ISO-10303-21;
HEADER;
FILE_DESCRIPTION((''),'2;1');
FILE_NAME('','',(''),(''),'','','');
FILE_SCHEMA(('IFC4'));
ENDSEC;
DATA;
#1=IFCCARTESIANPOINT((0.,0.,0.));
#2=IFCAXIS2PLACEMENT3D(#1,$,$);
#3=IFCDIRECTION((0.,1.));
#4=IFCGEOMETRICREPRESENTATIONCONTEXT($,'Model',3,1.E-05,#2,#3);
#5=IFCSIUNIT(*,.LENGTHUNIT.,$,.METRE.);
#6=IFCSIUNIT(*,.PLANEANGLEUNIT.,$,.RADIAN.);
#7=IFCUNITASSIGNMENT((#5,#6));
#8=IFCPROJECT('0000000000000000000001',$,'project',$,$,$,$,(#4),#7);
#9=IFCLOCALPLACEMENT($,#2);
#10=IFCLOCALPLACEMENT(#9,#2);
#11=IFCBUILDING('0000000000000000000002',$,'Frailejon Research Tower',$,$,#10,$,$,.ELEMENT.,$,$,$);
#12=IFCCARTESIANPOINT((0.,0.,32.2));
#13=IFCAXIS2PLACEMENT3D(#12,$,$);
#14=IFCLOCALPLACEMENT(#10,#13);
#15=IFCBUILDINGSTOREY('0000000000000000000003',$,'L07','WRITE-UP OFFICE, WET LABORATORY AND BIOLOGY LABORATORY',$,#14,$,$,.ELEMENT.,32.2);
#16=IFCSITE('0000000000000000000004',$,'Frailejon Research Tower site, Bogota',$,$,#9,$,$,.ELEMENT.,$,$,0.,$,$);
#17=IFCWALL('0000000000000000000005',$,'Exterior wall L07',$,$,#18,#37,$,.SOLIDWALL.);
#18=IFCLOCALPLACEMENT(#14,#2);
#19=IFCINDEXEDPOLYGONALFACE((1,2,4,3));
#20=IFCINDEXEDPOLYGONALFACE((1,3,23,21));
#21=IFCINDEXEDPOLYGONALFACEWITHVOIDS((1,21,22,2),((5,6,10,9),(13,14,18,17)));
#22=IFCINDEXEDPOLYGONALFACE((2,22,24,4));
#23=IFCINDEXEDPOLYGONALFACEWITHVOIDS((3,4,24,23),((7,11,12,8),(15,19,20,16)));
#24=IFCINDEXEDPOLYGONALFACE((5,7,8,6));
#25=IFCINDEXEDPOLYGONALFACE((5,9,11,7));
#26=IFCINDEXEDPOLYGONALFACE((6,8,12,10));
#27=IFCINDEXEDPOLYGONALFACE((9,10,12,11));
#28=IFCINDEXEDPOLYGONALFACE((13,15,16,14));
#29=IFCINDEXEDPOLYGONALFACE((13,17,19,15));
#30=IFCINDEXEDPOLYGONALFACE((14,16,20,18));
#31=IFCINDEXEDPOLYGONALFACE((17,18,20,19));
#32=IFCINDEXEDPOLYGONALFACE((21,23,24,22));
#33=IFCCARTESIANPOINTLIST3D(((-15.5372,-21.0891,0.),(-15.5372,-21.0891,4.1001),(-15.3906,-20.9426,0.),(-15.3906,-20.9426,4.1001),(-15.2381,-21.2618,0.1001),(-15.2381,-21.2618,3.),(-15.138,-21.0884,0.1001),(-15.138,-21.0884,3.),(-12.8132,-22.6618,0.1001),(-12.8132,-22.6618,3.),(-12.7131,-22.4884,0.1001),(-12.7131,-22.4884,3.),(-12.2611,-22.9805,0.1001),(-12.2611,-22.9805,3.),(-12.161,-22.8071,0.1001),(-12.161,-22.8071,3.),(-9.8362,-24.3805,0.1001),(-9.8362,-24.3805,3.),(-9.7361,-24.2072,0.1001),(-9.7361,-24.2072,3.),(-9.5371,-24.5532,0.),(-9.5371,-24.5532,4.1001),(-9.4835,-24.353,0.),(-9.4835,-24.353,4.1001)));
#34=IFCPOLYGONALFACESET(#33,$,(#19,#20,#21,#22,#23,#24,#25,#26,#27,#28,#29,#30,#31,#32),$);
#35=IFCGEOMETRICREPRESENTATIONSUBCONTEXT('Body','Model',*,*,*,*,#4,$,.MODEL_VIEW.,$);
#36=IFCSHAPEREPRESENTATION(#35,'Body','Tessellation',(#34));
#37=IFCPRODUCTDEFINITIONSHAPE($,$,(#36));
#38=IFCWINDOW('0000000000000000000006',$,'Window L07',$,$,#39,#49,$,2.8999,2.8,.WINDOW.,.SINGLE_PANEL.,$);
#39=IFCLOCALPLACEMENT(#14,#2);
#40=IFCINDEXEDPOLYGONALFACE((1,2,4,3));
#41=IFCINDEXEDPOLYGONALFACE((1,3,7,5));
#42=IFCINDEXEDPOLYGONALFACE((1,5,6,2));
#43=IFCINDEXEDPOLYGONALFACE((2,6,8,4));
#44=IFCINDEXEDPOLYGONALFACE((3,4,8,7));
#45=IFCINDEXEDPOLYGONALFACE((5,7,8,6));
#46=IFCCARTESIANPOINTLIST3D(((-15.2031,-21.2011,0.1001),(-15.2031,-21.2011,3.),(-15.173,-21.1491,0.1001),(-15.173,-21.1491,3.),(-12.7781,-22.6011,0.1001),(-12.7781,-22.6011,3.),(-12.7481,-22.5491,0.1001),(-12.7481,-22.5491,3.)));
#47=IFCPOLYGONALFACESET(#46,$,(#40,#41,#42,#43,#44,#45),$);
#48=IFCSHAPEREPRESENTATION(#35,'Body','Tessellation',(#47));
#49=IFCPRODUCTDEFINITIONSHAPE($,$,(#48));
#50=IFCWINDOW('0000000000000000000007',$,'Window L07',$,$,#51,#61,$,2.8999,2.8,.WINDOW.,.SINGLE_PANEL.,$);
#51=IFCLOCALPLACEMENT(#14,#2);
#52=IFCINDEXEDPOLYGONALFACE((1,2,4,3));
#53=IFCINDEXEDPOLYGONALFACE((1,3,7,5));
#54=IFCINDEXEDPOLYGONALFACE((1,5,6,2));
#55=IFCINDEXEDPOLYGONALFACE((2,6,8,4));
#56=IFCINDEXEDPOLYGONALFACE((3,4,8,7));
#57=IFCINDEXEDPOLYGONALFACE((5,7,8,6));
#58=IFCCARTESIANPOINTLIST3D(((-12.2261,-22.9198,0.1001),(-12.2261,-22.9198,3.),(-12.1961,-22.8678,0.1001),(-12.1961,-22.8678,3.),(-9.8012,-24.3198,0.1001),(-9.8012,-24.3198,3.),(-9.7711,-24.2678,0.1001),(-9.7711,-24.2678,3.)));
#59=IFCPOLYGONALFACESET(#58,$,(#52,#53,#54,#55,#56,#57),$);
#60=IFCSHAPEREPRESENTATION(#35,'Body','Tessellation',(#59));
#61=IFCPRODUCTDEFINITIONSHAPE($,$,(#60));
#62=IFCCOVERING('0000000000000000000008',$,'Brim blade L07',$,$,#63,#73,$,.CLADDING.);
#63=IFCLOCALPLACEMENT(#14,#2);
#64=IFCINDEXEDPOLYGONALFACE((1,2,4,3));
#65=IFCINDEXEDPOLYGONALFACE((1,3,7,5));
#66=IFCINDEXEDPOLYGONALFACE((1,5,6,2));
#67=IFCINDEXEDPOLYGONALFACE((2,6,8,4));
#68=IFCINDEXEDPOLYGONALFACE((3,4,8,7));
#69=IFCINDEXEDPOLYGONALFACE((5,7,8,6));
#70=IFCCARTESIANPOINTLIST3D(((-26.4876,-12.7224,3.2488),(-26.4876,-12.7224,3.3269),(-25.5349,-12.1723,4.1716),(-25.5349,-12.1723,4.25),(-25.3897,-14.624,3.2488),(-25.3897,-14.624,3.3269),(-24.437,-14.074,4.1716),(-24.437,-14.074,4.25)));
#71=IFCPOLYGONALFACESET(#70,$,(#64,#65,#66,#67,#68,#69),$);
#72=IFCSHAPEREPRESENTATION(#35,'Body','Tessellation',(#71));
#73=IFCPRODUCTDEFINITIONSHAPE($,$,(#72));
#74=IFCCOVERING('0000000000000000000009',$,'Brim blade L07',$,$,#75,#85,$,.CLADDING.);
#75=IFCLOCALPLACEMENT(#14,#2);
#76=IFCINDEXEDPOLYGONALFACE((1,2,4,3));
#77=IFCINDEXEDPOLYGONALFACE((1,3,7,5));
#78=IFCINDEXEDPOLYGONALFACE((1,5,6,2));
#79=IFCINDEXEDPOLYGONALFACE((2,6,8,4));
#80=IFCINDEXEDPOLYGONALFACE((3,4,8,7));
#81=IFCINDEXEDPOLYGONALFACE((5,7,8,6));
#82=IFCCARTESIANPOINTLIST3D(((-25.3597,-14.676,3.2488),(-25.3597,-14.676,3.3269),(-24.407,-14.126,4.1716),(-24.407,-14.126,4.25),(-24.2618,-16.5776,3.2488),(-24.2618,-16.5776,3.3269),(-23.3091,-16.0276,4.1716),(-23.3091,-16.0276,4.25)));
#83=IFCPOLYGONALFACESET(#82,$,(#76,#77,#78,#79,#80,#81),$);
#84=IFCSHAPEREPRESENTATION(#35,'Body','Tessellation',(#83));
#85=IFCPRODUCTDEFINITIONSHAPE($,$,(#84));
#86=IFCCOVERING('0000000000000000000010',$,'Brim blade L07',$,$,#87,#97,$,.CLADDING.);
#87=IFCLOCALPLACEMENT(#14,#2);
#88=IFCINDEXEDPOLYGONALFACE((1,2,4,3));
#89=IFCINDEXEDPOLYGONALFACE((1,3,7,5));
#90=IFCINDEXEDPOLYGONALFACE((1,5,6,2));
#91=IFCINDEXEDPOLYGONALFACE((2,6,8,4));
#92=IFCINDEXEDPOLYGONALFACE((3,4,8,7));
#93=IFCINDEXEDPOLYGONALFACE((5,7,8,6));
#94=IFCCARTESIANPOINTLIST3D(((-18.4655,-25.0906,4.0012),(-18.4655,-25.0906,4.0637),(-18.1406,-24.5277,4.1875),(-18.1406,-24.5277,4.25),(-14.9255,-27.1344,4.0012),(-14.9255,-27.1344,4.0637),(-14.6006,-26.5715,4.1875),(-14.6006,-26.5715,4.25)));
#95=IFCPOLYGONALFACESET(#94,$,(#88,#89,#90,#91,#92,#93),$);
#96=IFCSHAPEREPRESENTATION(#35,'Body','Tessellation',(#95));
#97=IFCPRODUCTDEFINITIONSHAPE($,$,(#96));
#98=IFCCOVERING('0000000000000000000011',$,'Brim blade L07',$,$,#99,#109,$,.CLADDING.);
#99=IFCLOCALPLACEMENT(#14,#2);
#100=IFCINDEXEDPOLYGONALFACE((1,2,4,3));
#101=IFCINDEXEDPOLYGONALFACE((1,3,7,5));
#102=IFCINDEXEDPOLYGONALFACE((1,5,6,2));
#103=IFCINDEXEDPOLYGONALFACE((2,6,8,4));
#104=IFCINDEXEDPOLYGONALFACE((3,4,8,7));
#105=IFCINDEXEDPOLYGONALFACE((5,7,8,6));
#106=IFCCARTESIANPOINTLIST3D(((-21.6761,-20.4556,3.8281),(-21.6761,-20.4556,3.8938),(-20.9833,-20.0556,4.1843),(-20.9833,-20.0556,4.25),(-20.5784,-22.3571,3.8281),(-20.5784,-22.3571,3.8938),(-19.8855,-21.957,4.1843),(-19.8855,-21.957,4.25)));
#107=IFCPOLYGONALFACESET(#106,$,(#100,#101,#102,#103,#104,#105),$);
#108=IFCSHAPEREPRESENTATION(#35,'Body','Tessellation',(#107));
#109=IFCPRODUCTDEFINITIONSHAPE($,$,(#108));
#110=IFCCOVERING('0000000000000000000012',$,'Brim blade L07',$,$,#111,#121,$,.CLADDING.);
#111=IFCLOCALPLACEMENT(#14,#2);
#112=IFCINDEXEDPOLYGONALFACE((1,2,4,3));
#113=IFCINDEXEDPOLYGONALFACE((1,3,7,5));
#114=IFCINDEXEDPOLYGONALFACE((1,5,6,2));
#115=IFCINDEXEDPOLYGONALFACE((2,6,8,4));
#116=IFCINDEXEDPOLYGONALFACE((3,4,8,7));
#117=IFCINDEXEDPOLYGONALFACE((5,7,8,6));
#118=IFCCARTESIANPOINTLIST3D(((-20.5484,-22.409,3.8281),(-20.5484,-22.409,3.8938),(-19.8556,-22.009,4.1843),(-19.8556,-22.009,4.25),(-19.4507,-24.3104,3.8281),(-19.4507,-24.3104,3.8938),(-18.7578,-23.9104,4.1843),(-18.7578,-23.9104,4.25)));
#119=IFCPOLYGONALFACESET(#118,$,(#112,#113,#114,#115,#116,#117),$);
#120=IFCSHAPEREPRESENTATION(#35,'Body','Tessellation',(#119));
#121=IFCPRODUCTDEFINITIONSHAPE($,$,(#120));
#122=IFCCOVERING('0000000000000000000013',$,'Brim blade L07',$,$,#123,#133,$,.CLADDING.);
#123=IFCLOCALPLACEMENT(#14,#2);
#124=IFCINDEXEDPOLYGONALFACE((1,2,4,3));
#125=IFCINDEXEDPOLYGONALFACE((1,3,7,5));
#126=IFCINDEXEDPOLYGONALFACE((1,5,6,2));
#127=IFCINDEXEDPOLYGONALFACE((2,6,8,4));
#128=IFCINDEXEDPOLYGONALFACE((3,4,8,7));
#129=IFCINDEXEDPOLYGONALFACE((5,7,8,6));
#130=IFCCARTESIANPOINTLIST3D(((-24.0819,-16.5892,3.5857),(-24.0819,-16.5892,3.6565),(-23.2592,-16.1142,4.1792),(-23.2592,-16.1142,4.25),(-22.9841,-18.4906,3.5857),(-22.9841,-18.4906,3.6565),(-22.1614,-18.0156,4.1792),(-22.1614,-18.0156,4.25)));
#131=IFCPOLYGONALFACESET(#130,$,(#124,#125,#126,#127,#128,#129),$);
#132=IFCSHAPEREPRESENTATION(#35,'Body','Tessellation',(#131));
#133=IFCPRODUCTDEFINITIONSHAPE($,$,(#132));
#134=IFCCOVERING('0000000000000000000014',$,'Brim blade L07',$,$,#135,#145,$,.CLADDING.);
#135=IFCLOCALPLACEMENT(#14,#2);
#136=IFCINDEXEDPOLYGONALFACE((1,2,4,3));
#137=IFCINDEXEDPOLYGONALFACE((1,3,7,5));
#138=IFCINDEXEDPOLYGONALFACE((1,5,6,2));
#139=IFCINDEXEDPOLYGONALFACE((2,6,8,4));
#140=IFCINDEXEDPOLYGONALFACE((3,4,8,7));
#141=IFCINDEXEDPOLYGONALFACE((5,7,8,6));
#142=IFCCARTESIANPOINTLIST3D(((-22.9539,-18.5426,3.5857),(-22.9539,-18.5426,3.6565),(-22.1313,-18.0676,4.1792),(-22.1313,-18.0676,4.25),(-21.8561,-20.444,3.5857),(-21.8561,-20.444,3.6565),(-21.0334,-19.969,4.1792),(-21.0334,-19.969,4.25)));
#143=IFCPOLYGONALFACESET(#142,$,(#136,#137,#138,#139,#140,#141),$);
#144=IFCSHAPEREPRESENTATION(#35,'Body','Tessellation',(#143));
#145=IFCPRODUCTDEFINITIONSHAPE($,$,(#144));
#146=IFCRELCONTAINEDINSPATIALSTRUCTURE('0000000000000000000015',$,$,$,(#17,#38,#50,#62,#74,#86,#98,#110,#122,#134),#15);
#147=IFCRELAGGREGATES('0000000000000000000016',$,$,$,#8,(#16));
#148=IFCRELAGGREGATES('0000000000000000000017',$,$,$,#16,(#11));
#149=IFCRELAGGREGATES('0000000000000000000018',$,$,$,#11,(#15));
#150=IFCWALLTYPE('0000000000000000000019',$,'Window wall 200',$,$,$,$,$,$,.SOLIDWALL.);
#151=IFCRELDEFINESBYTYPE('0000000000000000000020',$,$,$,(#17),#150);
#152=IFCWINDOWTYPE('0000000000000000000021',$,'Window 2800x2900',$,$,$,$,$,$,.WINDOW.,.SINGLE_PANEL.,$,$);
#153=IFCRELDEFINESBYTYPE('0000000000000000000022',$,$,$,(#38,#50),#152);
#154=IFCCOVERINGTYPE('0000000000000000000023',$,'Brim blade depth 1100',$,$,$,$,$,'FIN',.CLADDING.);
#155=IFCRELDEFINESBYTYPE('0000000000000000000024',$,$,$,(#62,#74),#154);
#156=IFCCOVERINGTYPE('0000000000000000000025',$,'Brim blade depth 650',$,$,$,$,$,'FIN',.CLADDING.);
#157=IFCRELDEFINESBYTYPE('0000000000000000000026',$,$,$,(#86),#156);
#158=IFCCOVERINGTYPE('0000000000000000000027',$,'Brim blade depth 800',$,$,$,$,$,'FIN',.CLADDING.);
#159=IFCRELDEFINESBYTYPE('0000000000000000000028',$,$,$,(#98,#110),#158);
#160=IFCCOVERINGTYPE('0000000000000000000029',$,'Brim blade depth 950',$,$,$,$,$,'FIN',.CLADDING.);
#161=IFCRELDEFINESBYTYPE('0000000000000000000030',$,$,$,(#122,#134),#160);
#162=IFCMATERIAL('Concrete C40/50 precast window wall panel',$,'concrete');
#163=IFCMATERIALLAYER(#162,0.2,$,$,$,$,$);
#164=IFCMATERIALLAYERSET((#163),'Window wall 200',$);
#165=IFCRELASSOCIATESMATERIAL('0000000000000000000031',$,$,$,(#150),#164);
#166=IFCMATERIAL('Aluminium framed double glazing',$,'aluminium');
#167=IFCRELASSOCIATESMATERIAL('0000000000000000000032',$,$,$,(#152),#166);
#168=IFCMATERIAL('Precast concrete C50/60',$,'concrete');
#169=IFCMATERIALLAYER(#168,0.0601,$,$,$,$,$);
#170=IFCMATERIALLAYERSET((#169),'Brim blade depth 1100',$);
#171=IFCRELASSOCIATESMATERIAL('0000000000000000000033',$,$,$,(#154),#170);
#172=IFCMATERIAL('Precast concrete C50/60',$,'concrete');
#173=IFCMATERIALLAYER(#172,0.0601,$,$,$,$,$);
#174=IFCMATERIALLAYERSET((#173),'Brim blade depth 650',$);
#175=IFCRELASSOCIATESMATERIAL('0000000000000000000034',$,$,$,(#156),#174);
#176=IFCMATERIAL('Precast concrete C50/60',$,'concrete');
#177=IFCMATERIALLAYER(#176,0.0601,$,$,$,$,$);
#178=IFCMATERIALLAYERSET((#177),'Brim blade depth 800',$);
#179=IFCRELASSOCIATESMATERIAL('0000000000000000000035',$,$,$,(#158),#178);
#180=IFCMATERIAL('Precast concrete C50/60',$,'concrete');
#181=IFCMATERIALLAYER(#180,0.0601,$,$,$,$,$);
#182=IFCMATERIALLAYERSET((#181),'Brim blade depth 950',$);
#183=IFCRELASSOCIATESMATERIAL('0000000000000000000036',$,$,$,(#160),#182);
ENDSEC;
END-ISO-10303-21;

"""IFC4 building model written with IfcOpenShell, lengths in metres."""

from ifc_helpers import new_model, si_unit, direction, frame, frame_2d, origin, place, context, subcontext, project, spatial, polyline, rectangle, outline, extrude, material, layer, layer_set, type_object, element, fill, save


model = new_model("IFC4")

# Units and contexts
model_context = context("Model", 3, precision=1e-05, world=origin(), true_north=direction((0.0, 1.0)))
body_context = subcontext(model_context, "Body", "Model", "MODEL_VIEW")
ifc_project = project(units=[si_unit("LENGTHUNIT", "METRE"), si_unit("PLANEANGLEUNIT", "RADIAN")], contexts=[model_context])

# Site, building, storey
site_placement = place(None, origin())
site = spatial("IfcSite", under=ifc_project, at=site_placement, Name="Frailejon Research Tower site, Bogota", CompositionType="ELEMENT", RefElevation=0.0)
building_placement = place(site_placement, origin())
building = spatial("IfcBuilding", under=site, at=building_placement, Name="Frailejon Research Tower", CompositionType="ELEMENT")
storey_placement = place(building_placement, frame((0.0, 0.0, 32.2)))
storey = spatial("IfcBuildingStorey", under=building, at=storey_placement, Name="L07", Description="WRITE-UP OFFICE, WET LABORATORY AND BIOLOGY LABORATORY", CompositionType="ELEMENT", Elevation=32.2)

# Wall, openings, windows
ifc_material_1 = material(Name="Concrete C40/50 precast window wall panel", Category="concrete")
ifc_layer_1 = layer(ifc_material_1, 0.2)
ifc_layer_set_1 = layer_set([ifc_layer_1], Name="Window wall 200")
wall_type_1 = type_object("IfcWallType", Name="Window wall 200", PredefinedType="SOLIDWALL", material=ifc_layer_set_1)
wall_1_placement = place(storey_placement, frame((-15.4639, -21.0159, 0.0), z_axis=(0.0, 0.0, 1.0), x_axis=(0.866029, -0.499993, 0.0)))
wall_1 = element("IfcWall", 1, at=wall_1_placement, inside=storey, type_object=wall_type_1, Name="Exterior wall L07", PredefinedType="SOLIDWALL", context=body_context, shape_type="SweptSolid", body=[
    extrude(outline(polyline([(-0.0269, -0.1001), (1.1279, -0.1001), (2.2825, -0.1001), (3.4373, -0.1001), (4.592, -0.1001), (5.7466, -0.1001), (6.9014, -0.1001), (6.8477, 0.1001), (5.7109, 0.1001), (4.574, 0.1001), (3.4373, 0.1001), (2.3005, 0.1001), (1.1636, 0.1001), (0.0269, 0.1001), (-0.0269, -0.1001)])), origin(), (0.0, 0.0, 1.0), 4.1001),
])
opening_1_placement = place(wall_1_placement, frame((0.3186, 0.0, 0.1001)))
opening_1 = element("IfcOpeningElement", 2, at=opening_1_placement, cuts=wall_1, PredefinedType="OPENING", context=body_context, shape_type="SweptSolid", body=[
    extrude(rectangle(XDim=2.8, YDim=2.8999, at=frame_2d((1.3999, 1.45))), frame((0.0, 0.1099, 0.0), z_axis=(0.0, -1.0, 0.0), x_axis=(1.0, 0.0, 0.0)), (0.0, 0.0, 1.0), 0.22),
])
opening_2_placement = place(wall_1_placement, frame((3.7561, 0.0, 0.1001)))
opening_2 = element("IfcOpeningElement", 3, at=opening_2_placement, cuts=wall_1, PredefinedType="OPENING", context=body_context, shape_type="SweptSolid", body=[
    extrude(rectangle(XDim=2.8, YDim=2.8999, at=frame_2d((1.3999, 1.45))), frame((0.0, 0.1099, 0.0), z_axis=(0.0, -1.0, 0.0), x_axis=(1.0, 0.0, 0.0)), (0.0, 0.0, 1.0), 0.22),
])
ifc_material_2 = material(Name="Aluminium framed double glazing", Category="aluminium")
window_type = type_object("IfcWindowType", Name="Window 2800x2900", PartitioningType="SINGLE_PANEL", PredefinedType="WINDOW", material=ifc_material_2)
window_1_placement = place(opening_1_placement, origin())
window_1 = element("IfcWindow", 4, at=window_1_placement, inside=storey, type_object=window_type, Name="Window L07", OverallHeight=2.8999, OverallWidth=2.8, PartitioningType="SINGLE_PANEL", PredefinedType="WINDOW", context=body_context, shape_type="SweptSolid", body=[
    extrude(rectangle(XDim=2.8, YDim=2.8999, at=frame_2d((1.3999, 1.45))), frame((0.0, 0.03, 0.0), z_axis=(0.0, -1.0, 0.0), x_axis=(1.0, 0.0, 0.0)), (0.0, 0.0, 1.0), 0.0601),
])
fill(opening_1, window_1)
window_2_placement = place(opening_2_placement, origin())
window_2 = element("IfcWindow", 5, at=window_2_placement, inside=storey, type_object=window_type, Name="Window L07", OverallHeight=2.8999, OverallWidth=2.8, PartitioningType="SINGLE_PANEL", PredefinedType="WINDOW", context=body_context, shape_type="SweptSolid", body=[
    extrude(rectangle(XDim=2.8, YDim=2.8999, at=frame_2d((1.3999, 1.45))), frame((0.0, 0.03, 0.0), z_axis=(0.0, -1.0, 0.0), x_axis=(1.0, 0.0, 0.0)), (0.0, 0.0, 1.0), 0.0601),
])
fill(opening_2, window_2)

# Coverings
ifc_material_3 = material(Name="Precast concrete C50/60", Category="concrete")
ifc_layer_2 = layer(ifc_material_3, 0.0601)
ifc_layer_set_2 = layer_set([ifc_layer_2], Name="Brim blade depth 1100")
covering_type_1 = type_object("IfcCoveringType", Name="Brim blade depth 1100", ElementType="FIN", PredefinedType="CLADDING", material=ifc_layer_set_2)
for number, where, z_axis, x_axis, name in (
    (6, (-24.437, -14.074, 4.25), (-0.499986, 0.866033, 0.0), (-0.866033, -0.499986, 0.0), "Brim blade L07"),
    (7, (-23.3091, -16.0276, 4.25), (-0.499986, 0.866033, 0.0), (-0.866033, -0.499986, 0.0), "Brim blade L07"),
):
    element("IfcCovering", number, at=place(storey_placement, frame(where, z_axis=z_axis, x_axis=x_axis)), inside=storey, type_object=covering_type_1, Name=name, PredefinedType="CLADDING", context=body_context, shape_type="SweptSolid", body=[
        extrude(outline(polyline([(0.0, -0.0784), (1.1001, -1.0012), (1.1001, -0.9231), (0.0, 0.0), (0.0, -0.0784)])), origin(), (0.0, 0.0, 1.0), 2.1958),
    ])
ifc_material_4 = material(Name="Precast concrete C50/60", Category="concrete")
ifc_layer_3 = layer(ifc_material_4, 0.0601)
ifc_layer_set_3 = layer_set([ifc_layer_3], Name="Brim blade depth 650")
covering_type_2 = type_object("IfcCoveringType", Name="Brim blade depth 650", ElementType="FIN", PredefinedType="CLADDING", material=ifc_layer_set_3)
covering_placement = place(storey_placement, frame((-14.6006, -26.5715, 4.25), z_axis=(-0.866027, 0.499997, 0.0), x_axis=(-0.499997, -0.866027, 0.0)))
element("IfcCovering", 8, at=covering_placement, inside=storey, type_object=covering_type_2, Name="Brim blade L07", PredefinedType="CLADDING", context=body_context, shape_type="SweptSolid", body=[
    extrude(outline(polyline([(0.0, -0.0625), (0.6499, -0.2488), (0.6499, -0.1863), (0.0, 0.0), (0.0, -0.0625)])), origin(), (0.0, 0.0, 1.0), 4.0876),
])
ifc_material_5 = material(Name="Precast concrete C50/60", Category="concrete")
ifc_layer_4 = layer(ifc_material_5, 0.0601)
ifc_layer_set_4 = layer_set([ifc_layer_4], Name="Brim blade depth 800")
covering_type_3 = type_object("IfcCoveringType", Name="Brim blade depth 800", ElementType="FIN", PredefinedType="CLADDING", material=ifc_layer_set_4)
for number, where, z_axis, x_axis, name in (
    (9, (-19.8855, -21.957, 4.25), (-0.499996, 0.866028, 0.0), (-0.866028, -0.499996, 0.0), "Brim blade L07"),
    (10, (-18.7578, -23.9104, 4.25), (-0.499996, 0.866028, 0.0), (-0.866028, -0.499996, 0.0), "Brim blade L07"),
):
    element("IfcCovering", number, at=place(storey_placement, frame(where, z_axis=z_axis, x_axis=x_axis)), inside=storey, type_object=covering_type_3, Name=name, PredefinedType="CLADDING", context=body_context, shape_type="SweptSolid", body=[
        extrude(outline(polyline([(0.0, -0.0657), (0.8, -0.4219), (0.8, -0.3562), (0.0, 0.0), (0.0, -0.0657)])), origin(), (0.0, 0.0, 1.0), 2.1956),
    ])
ifc_material_6 = material(Name="Precast concrete C50/60", Category="concrete")
ifc_layer_5 = layer(ifc_material_6, 0.0601)
ifc_layer_set_5 = layer_set([ifc_layer_5], Name="Brim blade depth 950")
covering_type_4 = type_object("IfcCoveringType", Name="Brim blade depth 950", ElementType="FIN", PredefinedType="CLADDING", material=ifc_layer_set_5)
for number, where, z_axis, x_axis, name in (
    (11, (-22.1614, -18.0156, 4.25), (-0.500012, 0.866018, 0.0), (-0.866018, -0.500012, 0.0), "Brim blade L07"),
    (12, (-21.0334, -19.969, 4.25), (-0.500012, 0.866018, 0.0), (-0.866018, -0.500012, 0.0), "Brim blade L07"),
):
    element("IfcCovering", number, at=place(storey_placement, frame(where, z_axis=z_axis, x_axis=x_axis)), inside=storey, type_object=covering_type_4, Name=name, PredefinedType="CLADDING", context=body_context, shape_type="SweptSolid", body=[
        extrude(outline(polyline([(0.0, -0.0708), (0.95, -0.6643), (0.95, -0.5935), (0.0, 0.0), (0.0, -0.0708)])), origin(), (0.0, 0.0, 1.0), 2.1956),
    ])

save(model, "model.ifc")
